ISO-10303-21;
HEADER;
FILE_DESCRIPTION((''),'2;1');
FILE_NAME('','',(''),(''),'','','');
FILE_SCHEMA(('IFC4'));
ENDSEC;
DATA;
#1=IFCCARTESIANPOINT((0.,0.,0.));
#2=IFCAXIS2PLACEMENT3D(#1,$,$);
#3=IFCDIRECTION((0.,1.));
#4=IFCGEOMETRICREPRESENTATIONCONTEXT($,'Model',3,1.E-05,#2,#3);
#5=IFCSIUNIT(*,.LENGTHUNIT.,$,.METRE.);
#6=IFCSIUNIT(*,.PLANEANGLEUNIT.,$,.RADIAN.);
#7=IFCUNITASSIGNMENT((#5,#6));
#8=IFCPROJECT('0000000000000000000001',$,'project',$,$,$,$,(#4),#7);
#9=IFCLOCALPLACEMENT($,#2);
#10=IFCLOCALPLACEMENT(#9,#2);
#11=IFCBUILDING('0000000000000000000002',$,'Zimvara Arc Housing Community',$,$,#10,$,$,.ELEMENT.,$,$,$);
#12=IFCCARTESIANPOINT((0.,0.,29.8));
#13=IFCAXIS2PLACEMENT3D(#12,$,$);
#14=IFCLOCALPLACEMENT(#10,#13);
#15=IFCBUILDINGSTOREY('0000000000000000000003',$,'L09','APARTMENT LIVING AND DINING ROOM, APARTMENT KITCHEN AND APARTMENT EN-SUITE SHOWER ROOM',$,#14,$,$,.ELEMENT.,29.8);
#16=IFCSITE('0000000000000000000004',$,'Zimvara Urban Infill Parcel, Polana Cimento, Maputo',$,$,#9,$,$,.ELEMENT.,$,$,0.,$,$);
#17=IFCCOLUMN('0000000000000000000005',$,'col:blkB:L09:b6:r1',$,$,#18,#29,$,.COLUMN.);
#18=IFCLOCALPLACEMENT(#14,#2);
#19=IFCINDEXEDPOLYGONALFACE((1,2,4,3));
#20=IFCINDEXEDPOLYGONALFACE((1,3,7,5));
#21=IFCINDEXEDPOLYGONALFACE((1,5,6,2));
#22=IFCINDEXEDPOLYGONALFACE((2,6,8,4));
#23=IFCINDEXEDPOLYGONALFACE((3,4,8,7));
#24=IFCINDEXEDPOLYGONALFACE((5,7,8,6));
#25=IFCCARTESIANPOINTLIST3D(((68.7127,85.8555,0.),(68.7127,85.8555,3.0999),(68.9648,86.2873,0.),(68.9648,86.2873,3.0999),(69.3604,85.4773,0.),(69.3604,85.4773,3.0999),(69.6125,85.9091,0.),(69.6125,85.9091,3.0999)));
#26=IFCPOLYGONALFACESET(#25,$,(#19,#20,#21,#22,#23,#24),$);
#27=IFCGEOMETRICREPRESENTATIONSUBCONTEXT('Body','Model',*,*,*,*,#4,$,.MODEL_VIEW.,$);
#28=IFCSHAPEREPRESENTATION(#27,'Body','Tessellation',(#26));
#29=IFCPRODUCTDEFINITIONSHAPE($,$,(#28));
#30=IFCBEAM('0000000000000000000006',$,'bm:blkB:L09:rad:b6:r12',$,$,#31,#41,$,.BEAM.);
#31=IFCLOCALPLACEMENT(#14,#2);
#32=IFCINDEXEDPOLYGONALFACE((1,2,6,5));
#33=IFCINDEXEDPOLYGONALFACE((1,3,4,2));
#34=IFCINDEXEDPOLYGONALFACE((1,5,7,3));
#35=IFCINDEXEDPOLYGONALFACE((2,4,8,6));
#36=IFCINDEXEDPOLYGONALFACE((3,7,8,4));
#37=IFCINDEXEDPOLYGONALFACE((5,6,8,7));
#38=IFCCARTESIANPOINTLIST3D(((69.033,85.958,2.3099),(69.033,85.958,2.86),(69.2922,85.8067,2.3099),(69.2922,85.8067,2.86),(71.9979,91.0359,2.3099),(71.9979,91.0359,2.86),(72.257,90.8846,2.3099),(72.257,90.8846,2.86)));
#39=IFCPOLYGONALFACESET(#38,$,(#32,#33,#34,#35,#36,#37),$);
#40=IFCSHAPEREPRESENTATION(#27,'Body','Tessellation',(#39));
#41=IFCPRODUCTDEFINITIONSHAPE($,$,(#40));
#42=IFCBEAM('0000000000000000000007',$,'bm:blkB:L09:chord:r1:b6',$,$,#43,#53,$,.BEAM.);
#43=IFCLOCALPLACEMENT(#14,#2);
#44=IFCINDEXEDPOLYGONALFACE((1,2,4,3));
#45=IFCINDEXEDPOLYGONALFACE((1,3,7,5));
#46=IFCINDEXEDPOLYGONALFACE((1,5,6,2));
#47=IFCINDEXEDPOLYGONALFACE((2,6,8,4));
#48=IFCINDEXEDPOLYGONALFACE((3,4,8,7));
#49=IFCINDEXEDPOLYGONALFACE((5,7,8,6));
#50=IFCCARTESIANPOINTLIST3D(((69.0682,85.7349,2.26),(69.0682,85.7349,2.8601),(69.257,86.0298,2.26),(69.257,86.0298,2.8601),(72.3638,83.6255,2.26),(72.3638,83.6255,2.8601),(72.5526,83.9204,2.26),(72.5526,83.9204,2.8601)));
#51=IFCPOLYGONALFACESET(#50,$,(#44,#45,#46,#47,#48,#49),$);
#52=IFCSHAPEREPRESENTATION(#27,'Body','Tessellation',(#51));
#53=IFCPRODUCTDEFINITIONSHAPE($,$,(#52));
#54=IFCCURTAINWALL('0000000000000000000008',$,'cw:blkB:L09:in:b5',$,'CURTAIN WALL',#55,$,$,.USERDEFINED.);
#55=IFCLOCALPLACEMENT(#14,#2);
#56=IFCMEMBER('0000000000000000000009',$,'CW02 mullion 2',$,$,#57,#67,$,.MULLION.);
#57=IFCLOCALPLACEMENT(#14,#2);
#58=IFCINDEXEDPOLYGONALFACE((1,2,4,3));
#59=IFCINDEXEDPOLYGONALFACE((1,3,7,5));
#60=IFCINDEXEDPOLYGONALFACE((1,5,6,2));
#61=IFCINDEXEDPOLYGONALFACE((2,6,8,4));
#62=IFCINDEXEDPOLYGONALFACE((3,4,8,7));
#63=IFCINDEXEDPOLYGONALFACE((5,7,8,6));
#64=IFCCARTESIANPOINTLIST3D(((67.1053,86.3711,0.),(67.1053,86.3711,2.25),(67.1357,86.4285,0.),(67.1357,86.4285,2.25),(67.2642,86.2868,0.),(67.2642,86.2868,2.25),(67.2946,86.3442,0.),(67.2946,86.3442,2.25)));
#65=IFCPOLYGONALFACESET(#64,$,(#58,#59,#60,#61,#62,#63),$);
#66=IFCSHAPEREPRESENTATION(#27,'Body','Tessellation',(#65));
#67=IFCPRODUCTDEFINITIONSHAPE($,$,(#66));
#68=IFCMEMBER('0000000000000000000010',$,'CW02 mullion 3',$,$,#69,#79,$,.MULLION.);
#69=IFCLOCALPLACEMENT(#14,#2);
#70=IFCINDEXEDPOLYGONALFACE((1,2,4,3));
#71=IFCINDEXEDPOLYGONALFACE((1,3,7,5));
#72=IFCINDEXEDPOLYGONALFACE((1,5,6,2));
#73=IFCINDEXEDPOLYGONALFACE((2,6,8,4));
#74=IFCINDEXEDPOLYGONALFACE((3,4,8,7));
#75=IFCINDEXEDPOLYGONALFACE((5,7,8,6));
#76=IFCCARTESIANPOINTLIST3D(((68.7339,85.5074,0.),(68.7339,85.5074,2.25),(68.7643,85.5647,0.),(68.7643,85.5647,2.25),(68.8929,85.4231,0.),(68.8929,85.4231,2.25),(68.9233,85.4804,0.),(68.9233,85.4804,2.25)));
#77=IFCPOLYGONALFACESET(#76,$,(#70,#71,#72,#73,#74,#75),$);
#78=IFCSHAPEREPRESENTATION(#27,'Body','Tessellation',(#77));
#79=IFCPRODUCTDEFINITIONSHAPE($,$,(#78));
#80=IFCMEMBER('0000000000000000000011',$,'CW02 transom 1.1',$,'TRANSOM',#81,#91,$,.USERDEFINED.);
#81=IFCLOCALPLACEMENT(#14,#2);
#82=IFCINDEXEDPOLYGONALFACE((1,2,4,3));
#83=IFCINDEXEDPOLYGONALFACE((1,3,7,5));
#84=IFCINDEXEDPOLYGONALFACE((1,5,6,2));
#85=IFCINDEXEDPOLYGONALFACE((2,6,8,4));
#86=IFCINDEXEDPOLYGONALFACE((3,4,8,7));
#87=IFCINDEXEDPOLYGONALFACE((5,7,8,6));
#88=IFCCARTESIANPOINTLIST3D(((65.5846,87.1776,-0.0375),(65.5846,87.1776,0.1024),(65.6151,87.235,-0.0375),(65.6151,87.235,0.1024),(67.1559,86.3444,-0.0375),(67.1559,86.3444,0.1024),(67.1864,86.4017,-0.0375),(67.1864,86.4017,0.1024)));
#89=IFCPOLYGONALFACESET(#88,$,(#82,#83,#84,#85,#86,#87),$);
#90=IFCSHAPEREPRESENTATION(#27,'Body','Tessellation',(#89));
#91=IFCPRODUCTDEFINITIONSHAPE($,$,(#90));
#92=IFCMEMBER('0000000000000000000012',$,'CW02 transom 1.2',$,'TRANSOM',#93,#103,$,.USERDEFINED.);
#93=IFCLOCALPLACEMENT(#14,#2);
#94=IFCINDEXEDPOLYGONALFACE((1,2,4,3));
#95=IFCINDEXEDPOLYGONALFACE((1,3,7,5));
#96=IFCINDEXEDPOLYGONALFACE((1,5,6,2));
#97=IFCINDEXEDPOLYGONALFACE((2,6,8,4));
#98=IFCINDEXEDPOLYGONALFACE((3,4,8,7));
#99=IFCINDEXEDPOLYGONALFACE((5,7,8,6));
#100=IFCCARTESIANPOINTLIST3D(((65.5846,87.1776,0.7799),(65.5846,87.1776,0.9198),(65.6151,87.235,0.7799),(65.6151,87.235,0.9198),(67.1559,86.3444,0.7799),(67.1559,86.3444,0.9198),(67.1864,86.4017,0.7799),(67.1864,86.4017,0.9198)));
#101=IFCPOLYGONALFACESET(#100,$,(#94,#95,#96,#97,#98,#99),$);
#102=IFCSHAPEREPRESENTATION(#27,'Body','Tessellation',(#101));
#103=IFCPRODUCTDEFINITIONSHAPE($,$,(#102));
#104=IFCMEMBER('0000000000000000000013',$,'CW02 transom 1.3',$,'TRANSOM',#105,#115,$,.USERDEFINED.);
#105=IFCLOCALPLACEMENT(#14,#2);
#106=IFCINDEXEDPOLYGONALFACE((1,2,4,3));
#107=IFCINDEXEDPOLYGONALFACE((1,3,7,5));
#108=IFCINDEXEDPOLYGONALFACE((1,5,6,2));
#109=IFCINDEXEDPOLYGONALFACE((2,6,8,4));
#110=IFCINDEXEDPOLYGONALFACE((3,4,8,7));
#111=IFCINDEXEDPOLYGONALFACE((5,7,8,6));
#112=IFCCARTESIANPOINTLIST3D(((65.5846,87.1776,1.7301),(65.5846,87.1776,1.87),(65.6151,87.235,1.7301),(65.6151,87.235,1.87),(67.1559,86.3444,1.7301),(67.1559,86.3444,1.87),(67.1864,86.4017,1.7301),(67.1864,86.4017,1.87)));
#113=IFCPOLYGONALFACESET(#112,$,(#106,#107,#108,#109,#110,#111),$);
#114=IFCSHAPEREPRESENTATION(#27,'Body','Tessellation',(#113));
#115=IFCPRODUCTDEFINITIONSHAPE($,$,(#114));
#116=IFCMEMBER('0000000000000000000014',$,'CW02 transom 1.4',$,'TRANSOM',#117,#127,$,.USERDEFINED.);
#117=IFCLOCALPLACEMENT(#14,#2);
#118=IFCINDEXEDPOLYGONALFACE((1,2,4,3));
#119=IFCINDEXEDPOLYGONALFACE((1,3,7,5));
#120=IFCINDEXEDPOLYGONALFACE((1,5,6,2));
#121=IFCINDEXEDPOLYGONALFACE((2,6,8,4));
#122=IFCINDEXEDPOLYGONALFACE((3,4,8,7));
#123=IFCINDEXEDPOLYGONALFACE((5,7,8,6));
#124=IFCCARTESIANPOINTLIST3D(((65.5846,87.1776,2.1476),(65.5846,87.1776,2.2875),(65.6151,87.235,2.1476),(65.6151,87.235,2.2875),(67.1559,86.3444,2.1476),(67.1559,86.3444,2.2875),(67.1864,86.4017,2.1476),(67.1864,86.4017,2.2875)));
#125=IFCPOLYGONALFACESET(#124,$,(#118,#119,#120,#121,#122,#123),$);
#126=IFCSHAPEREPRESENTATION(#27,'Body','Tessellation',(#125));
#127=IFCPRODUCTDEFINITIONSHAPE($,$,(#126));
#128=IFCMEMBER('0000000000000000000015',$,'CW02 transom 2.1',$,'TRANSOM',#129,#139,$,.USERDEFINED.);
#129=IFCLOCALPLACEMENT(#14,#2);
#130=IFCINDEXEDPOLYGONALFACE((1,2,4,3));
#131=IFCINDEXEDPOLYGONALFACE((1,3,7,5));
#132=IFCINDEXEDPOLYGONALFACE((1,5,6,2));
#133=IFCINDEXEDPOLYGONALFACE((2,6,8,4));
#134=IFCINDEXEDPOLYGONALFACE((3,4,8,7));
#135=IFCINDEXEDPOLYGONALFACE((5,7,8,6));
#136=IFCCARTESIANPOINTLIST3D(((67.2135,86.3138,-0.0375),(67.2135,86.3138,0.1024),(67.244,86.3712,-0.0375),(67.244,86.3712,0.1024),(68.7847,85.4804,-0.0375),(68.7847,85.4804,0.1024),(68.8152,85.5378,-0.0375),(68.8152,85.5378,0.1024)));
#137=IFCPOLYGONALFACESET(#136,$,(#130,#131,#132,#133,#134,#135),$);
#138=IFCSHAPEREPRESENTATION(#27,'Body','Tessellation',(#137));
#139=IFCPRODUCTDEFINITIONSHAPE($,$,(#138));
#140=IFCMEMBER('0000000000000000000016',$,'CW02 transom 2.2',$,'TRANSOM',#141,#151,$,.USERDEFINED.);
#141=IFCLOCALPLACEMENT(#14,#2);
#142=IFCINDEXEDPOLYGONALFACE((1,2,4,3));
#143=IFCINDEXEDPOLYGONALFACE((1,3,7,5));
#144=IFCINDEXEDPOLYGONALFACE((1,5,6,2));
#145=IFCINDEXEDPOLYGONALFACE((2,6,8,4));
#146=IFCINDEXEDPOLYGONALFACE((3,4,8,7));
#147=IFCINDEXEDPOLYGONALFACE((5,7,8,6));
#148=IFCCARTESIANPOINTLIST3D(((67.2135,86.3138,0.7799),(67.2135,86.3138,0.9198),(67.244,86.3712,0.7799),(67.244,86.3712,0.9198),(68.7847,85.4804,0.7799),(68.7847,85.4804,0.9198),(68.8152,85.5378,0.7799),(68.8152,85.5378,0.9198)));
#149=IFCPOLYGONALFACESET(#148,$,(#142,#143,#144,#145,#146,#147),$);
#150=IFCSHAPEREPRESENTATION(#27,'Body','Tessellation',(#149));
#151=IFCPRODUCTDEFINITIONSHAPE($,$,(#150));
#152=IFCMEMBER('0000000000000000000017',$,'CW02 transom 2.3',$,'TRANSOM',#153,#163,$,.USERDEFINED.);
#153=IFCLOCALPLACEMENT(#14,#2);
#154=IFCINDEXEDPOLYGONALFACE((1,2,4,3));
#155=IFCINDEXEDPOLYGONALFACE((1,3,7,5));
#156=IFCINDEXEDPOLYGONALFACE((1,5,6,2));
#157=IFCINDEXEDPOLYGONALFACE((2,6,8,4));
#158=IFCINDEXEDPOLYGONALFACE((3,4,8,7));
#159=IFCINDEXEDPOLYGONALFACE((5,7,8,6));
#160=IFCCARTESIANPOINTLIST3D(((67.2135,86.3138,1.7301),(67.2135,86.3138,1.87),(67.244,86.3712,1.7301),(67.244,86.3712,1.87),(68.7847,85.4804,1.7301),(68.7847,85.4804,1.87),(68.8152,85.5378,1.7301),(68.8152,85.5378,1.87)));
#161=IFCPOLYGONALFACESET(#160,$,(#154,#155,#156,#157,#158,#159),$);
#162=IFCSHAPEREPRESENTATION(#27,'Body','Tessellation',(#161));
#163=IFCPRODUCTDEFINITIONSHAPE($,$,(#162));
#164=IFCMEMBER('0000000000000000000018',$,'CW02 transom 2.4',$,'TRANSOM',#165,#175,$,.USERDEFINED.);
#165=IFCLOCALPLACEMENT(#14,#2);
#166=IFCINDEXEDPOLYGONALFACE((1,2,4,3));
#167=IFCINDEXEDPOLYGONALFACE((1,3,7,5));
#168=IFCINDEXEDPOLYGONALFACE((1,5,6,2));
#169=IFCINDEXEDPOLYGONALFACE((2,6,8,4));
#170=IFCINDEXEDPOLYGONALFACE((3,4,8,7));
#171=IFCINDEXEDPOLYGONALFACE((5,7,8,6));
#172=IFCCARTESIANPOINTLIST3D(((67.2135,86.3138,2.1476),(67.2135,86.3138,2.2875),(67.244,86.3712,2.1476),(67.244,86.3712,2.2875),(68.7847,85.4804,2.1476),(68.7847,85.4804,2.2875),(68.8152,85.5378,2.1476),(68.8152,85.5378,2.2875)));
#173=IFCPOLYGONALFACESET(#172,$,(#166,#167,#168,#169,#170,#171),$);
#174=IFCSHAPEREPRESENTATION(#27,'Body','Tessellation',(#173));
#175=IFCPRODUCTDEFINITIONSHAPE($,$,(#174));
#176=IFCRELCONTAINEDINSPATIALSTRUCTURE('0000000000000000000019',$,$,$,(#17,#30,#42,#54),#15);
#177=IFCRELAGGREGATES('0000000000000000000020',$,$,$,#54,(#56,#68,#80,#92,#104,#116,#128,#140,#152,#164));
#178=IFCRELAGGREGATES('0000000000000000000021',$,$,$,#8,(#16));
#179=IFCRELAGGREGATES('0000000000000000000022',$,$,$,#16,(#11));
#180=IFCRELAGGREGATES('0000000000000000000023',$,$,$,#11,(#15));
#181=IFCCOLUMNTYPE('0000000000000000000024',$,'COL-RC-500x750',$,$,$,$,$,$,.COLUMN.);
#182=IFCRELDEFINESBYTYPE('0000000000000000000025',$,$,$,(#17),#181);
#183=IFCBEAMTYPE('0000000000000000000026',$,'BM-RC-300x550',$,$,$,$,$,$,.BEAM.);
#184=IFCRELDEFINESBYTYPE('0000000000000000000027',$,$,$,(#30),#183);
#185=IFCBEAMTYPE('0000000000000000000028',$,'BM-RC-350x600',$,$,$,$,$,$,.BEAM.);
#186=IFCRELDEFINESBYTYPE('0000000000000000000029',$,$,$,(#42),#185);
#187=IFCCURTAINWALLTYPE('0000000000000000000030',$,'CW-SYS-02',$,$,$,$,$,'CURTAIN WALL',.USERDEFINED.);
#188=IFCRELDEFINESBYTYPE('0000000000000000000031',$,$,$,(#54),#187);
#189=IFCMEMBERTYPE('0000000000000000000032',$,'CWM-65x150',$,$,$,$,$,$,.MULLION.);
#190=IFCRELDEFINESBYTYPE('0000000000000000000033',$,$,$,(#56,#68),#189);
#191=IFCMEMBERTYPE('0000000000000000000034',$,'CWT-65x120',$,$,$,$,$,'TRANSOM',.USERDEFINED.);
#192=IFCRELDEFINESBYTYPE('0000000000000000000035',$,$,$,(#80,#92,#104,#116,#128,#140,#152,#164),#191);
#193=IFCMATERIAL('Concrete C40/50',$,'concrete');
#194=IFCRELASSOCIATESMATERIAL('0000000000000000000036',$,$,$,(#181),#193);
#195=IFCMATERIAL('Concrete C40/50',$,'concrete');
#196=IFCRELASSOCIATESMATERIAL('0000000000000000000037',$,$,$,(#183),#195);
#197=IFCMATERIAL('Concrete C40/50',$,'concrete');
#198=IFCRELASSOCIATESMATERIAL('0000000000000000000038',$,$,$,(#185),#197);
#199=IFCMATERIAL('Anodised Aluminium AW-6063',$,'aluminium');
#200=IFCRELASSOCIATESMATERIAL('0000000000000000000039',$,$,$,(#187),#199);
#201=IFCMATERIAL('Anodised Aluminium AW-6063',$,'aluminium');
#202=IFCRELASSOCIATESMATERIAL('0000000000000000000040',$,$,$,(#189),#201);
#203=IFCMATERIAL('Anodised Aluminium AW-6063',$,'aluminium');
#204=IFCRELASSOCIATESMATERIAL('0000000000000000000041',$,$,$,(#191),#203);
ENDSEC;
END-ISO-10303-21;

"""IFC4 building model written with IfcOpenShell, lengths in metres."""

from ifc_helpers import new_model, si_unit, direction, frame, origin, origin_2d, place, context, subcontext, project, spatial, rectangle, extrude, material, material_profile, profile_set, type_object, element, aggregate, save


model = new_model("IFC4")

# Units and contexts
model_context = context("Model", 3, precision=1e-05, world=origin(), true_north=direction((0.0, 1.0)))
body_context = subcontext(model_context, "Body", "Model", "MODEL_VIEW")
ifc_project = project(units=[si_unit("LENGTHUNIT", "METRE"), si_unit("PLANEANGLEUNIT", "RADIAN")], contexts=[model_context])

# Site, building, storey
site_placement = place(None, origin())
site = spatial("IfcSite", under=ifc_project, at=site_placement, Name="Zimvara Urban Infill Parcel, Polana Cimento, Maputo", CompositionType="ELEMENT", RefElevation=0.0)
building_placement = place(site_placement, origin())
building = spatial("IfcBuilding", under=site, at=building_placement, Name="Zimvara Arc Housing Community", CompositionType="ELEMENT")
storey_placement = place(building_placement, frame((0.0, 0.0, 29.8)))
storey = spatial("IfcBuildingStorey", under=building, at=storey_placement, Name="L09", Description="APARTMENT LIVING AND DINING ROOM, APARTMENT KITCHEN AND APARTMENT EN-SUITE SHOWER ROOM", CompositionType="ELEMENT", Elevation=29.8)

# Column
ifc_material_1 = material(Name="Concrete C40/50", Category="concrete")
ifc_material_profile_1 = material_profile(ifc_material_1, rectangle(XDim=0.5, YDim=0.75, at=origin_2d()), Name="RC 500x750")
ifc_profile_set_1 = profile_set([ifc_material_profile_1], Name="Concrete C40/50")
column_type = type_object("IfcColumnType", Name="COL-RC-500x750", PredefinedType="COLUMN", material=ifc_profile_set_1)
column_placement = place(storey_placement, frame((69.1626, 85.8823, 0.0), z_axis=(0.0, 0.0, 1.0), x_axis=(0.504226, 0.863572, 0.0)))
element("IfcColumn", 1, at=column_placement, inside=storey, type_object=column_type, Name="col:blkB:L09:b6:r1", PredefinedType="COLUMN", context=body_context, shape_type="SweptSolid", body=[
    extrude(rectangle(XDim=0.5, YDim=0.75, at=origin_2d()), origin(), (0.0, 0.0, 1.0), 3.0999),
])

# Beams
ifc_material_2 = material(Name="Concrete C40/50", Category="concrete")
ifc_material_profile_2 = material_profile(ifc_material_2, rectangle(XDim=0.3, YDim=0.55, at=origin_2d()), Name="RC 300x550")
ifc_profile_set_2 = profile_set([ifc_material_profile_2], Name="Concrete C40/50")
beam_type_1 = type_object("IfcBeamType", Name="BM-RC-300x550", PredefinedType="BEAM", material=ifc_profile_set_2)
beam_1_placement = place(storey_placement, frame((69.1626, 85.8823, 2.585), z_axis=(0.504219, 0.863576, 0.0), x_axis=(-0.863576, 0.504219, 0.0)))
element("IfcBeam", 2, at=beam_1_placement, inside=storey, type_object=beam_type_1, Name="bm:blkB:L09:rad:b6:r12", PredefinedType="BEAM", context=body_context, shape_type="SweptSolid", body=[
    extrude(rectangle(XDim=0.3, YDim=0.55, at=origin_2d()), origin(), (0.0, 0.0, 1.0), 5.8801),
])
ifc_material_3 = material(Name="Concrete C40/50", Category="concrete")
ifc_material_profile_3 = material_profile(ifc_material_3, rectangle(XDim=0.3501, YDim=0.6001, at=origin_2d()), Name="RC 350x600")
ifc_profile_set_3 = profile_set([ifc_material_profile_3], Name="Concrete C40/50")
beam_type_2 = type_object("IfcBeamType", Name="BM-RC-350x600", PredefinedType="BEAM", material=ifc_profile_set_3)
beam_2_placement = place(storey_placement, frame((69.1626, 85.8823, 2.5601), z_axis=(0.842253, -0.539082, 0.0), x_axis=(0.539082, 0.842253, 0.0)))
element("IfcBeam", 3, at=beam_2_placement, inside=storey, type_object=beam_type_2, Name="bm:blkB:L09:chord:r1:b6", PredefinedType="BEAM", context=body_context, shape_type="SweptSolid", body=[
    extrude(rectangle(XDim=0.3501, YDim=0.6001, at=origin_2d()), origin(), (0.0, 0.0, 1.0), 3.9128),
])

# Curtain wall, members
ifc_material_4 = material(Name="Anodised Aluminium AW-6063", Category="aluminium")
curtain_wall_type = type_object("IfcCurtainWallType", Name="CW-SYS-02", ElementType="CURTAIN WALL", PredefinedType="USERDEFINED", material=ifc_material_4)
curtain_wall_placement = place(storey_placement, origin())
curtain_wall = element("IfcCurtainWall", 4, at=curtain_wall_placement, inside=storey, type_object=curtain_wall_type, Name="cw:blkB:L09:in:b5", ObjectType="CURTAIN WALL", PredefinedType="USERDEFINED")
ifc_material_5 = material(Name="Anodised Aluminium AW-6063", Category="aluminium")
ifc_material_profile_4 = material_profile(ifc_material_5, rectangle(XDim=0.0649, YDim=0.1799, at=origin_2d()), Name="ALU 65x180")
ifc_profile_set_4 = profile_set([ifc_material_profile_4], Name="Anodised Aluminium AW-6063")
member_type_1 = type_object("IfcMemberType", Name="CWM-65x150", PredefinedType="MULLION", material=ifc_profile_set_4)
member_1_placement = place(storey_placement, frame((67.2, 86.3577, 0.0), z_axis=(0.0, 0.0, 1.0), x_axis=(0.468547, 0.883439, 0.0)))
member_1 = element("IfcMember", 5, at=member_1_placement, type_object=member_type_1, Name="CW02 mullion 2", PredefinedType="MULLION", context=body_context, shape_type="SweptSolid", body=[
    extrude(rectangle(XDim=0.0649, YDim=0.1799, at=origin_2d()), origin(), (0.0, 0.0, 1.0), 2.25),
])
member_2_placement = place(storey_placement, frame((68.8286, 85.4939, 0.0), z_axis=(0.0, 0.0, 1.0), x_axis=(0.468547, 0.883439, 0.0)))
member_2 = element("IfcMember", 6, at=member_2_placement, type_object=member_type_1, Name="CW02 mullion 3", PredefinedType="MULLION", context=body_context, shape_type="SweptSolid", body=[
    extrude(rectangle(XDim=0.0649, YDim=0.1799, at=origin_2d()), origin(), (0.0, 0.0, 1.0), 2.25),
])
ifc_material_6 = material(Name="Anodised Aluminium AW-6063", Category="aluminium")
ifc_material_profile_5 = material_profile(ifc_material_6, rectangle(XDim=0.0649, YDim=0.1399, at=origin_2d()), Name="ALU 65x140")
ifc_profile_set_5 = profile_set([ifc_material_profile_5], Name="Anodised Aluminium AW-6063")
member_type_2 = type_object("IfcMemberType", Name="CWT-65x120", ElementType="TRANSOM", PredefinedType="USERDEFINED", material=ifc_profile_set_5)
member_3_placement = place(storey_placement, frame((65.5999, 87.2063, 0.0325), z_axis=(0.883464, -0.468499, 0.0), x_axis=(0.468499, 0.883464, 0.0)))
member_3 = element("IfcMember", 7, at=member_3_placement, type_object=member_type_2, Name="CW02 transom 1.1", ObjectType="TRANSOM", PredefinedType="USERDEFINED", context=body_context, shape_type="SweptSolid", body=[
    extrude(rectangle(XDim=0.0649, YDim=0.1399, at=origin_2d()), origin(), (0.0, 0.0, 1.0), 1.7786),
])
member_4_placement = place(storey_placement, frame((65.5999, 87.2063, 0.8499), z_axis=(0.883464, -0.468499, 0.0), x_axis=(0.468499, 0.883464, 0.0)))
member_4 = element("IfcMember", 8, at=member_4_placement, type_object=member_type_2, Name="CW02 transom 1.2", ObjectType="TRANSOM", PredefinedType="USERDEFINED", context=body_context, shape_type="SweptSolid", body=[
    extrude(rectangle(XDim=0.0649, YDim=0.1399, at=origin_2d()), origin(), (0.0, 0.0, 1.0), 1.7786),
])
member_5_placement = place(storey_placement, frame((65.5999, 87.2063, 1.8), z_axis=(0.883464, -0.468499, 0.0), x_axis=(0.468499, 0.883464, 0.0)))
member_5 = element("IfcMember", 9, at=member_5_placement, type_object=member_type_2, Name="CW02 transom 1.3", ObjectType="TRANSOM", PredefinedType="USERDEFINED", context=body_context, shape_type="SweptSolid", body=[
    extrude(rectangle(XDim=0.0649, YDim=0.1399, at=origin_2d()), origin(), (0.0, 0.0, 1.0), 1.7786),
])
member_6_placement = place(storey_placement, frame((65.5999, 87.2063, 2.2175), z_axis=(0.883464, -0.468499, 0.0), x_axis=(0.468499, 0.883464, 0.0)))
member_6 = element("IfcMember", 10, at=member_6_placement, type_object=member_type_2, Name="CW02 transom 1.4", ObjectType="TRANSOM", PredefinedType="USERDEFINED", context=body_context, shape_type="SweptSolid", body=[
    extrude(rectangle(XDim=0.0649, YDim=0.1399, at=origin_2d()), origin(), (0.0, 0.0, 1.0), 1.7786),
])
member_7_placement = place(storey_placement, frame((67.2288, 86.3425, 0.0325), z_axis=(0.883407, -0.468607, 0.0), x_axis=(0.468607, 0.883407, 0.0)))
member_7 = element("IfcMember", 11, at=member_7_placement, type_object=member_type_2, Name="CW02 transom 2.1", ObjectType="TRANSOM", PredefinedType="USERDEFINED", context=body_context, shape_type="SweptSolid", body=[
    extrude(rectangle(XDim=0.0649, YDim=0.1399, at=origin_2d()), origin(), (0.0, 0.0, 1.0), 1.7786),
])
member_8_placement = place(storey_placement, frame((67.2288, 86.3425, 0.8499), z_axis=(0.883407, -0.468607, 0.0), x_axis=(0.468607, 0.883407, 0.0)))
member_8 = element("IfcMember", 12, at=member_8_placement, type_object=member_type_2, Name="CW02 transom 2.2", ObjectType="TRANSOM", PredefinedType="USERDEFINED", context=body_context, shape_type="SweptSolid", body=[
    extrude(rectangle(XDim=0.0649, YDim=0.1399, at=origin_2d()), origin(), (0.0, 0.0, 1.0), 1.7786),
])
member_9_placement = place(storey_placement, frame((67.2288, 86.3425, 1.8), z_axis=(0.883407, -0.468607, 0.0), x_axis=(0.468607, 0.883407, 0.0)))
member_9 = element("IfcMember", 13, at=member_9_placement, type_object=member_type_2, Name="CW02 transom 2.3", ObjectType="TRANSOM", PredefinedType="USERDEFINED", context=body_context, shape_type="SweptSolid", body=[
    extrude(rectangle(XDim=0.0649, YDim=0.1399, at=origin_2d()), origin(), (0.0, 0.0, 1.0), 1.7786),
])
member_10_placement = place(storey_placement, frame((67.2288, 86.3425, 2.2175), z_axis=(0.883407, -0.468607, 0.0), x_axis=(0.468607, 0.883407, 0.0)))
member_10 = element("IfcMember", 14, at=member_10_placement, type_object=member_type_2, Name="CW02 transom 2.4", ObjectType="TRANSOM", PredefinedType="USERDEFINED", context=body_context, shape_type="SweptSolid", body=[
    extrude(rectangle(XDim=0.0649, YDim=0.1399, at=origin_2d()), origin(), (0.0, 0.0, 1.0), 1.7786),
])
aggregate(curtain_wall, [member_1, member_2, member_3, member_4, member_5, member_6, member_7, member_8, member_9, member_10])

save(model, "model.ifc")
